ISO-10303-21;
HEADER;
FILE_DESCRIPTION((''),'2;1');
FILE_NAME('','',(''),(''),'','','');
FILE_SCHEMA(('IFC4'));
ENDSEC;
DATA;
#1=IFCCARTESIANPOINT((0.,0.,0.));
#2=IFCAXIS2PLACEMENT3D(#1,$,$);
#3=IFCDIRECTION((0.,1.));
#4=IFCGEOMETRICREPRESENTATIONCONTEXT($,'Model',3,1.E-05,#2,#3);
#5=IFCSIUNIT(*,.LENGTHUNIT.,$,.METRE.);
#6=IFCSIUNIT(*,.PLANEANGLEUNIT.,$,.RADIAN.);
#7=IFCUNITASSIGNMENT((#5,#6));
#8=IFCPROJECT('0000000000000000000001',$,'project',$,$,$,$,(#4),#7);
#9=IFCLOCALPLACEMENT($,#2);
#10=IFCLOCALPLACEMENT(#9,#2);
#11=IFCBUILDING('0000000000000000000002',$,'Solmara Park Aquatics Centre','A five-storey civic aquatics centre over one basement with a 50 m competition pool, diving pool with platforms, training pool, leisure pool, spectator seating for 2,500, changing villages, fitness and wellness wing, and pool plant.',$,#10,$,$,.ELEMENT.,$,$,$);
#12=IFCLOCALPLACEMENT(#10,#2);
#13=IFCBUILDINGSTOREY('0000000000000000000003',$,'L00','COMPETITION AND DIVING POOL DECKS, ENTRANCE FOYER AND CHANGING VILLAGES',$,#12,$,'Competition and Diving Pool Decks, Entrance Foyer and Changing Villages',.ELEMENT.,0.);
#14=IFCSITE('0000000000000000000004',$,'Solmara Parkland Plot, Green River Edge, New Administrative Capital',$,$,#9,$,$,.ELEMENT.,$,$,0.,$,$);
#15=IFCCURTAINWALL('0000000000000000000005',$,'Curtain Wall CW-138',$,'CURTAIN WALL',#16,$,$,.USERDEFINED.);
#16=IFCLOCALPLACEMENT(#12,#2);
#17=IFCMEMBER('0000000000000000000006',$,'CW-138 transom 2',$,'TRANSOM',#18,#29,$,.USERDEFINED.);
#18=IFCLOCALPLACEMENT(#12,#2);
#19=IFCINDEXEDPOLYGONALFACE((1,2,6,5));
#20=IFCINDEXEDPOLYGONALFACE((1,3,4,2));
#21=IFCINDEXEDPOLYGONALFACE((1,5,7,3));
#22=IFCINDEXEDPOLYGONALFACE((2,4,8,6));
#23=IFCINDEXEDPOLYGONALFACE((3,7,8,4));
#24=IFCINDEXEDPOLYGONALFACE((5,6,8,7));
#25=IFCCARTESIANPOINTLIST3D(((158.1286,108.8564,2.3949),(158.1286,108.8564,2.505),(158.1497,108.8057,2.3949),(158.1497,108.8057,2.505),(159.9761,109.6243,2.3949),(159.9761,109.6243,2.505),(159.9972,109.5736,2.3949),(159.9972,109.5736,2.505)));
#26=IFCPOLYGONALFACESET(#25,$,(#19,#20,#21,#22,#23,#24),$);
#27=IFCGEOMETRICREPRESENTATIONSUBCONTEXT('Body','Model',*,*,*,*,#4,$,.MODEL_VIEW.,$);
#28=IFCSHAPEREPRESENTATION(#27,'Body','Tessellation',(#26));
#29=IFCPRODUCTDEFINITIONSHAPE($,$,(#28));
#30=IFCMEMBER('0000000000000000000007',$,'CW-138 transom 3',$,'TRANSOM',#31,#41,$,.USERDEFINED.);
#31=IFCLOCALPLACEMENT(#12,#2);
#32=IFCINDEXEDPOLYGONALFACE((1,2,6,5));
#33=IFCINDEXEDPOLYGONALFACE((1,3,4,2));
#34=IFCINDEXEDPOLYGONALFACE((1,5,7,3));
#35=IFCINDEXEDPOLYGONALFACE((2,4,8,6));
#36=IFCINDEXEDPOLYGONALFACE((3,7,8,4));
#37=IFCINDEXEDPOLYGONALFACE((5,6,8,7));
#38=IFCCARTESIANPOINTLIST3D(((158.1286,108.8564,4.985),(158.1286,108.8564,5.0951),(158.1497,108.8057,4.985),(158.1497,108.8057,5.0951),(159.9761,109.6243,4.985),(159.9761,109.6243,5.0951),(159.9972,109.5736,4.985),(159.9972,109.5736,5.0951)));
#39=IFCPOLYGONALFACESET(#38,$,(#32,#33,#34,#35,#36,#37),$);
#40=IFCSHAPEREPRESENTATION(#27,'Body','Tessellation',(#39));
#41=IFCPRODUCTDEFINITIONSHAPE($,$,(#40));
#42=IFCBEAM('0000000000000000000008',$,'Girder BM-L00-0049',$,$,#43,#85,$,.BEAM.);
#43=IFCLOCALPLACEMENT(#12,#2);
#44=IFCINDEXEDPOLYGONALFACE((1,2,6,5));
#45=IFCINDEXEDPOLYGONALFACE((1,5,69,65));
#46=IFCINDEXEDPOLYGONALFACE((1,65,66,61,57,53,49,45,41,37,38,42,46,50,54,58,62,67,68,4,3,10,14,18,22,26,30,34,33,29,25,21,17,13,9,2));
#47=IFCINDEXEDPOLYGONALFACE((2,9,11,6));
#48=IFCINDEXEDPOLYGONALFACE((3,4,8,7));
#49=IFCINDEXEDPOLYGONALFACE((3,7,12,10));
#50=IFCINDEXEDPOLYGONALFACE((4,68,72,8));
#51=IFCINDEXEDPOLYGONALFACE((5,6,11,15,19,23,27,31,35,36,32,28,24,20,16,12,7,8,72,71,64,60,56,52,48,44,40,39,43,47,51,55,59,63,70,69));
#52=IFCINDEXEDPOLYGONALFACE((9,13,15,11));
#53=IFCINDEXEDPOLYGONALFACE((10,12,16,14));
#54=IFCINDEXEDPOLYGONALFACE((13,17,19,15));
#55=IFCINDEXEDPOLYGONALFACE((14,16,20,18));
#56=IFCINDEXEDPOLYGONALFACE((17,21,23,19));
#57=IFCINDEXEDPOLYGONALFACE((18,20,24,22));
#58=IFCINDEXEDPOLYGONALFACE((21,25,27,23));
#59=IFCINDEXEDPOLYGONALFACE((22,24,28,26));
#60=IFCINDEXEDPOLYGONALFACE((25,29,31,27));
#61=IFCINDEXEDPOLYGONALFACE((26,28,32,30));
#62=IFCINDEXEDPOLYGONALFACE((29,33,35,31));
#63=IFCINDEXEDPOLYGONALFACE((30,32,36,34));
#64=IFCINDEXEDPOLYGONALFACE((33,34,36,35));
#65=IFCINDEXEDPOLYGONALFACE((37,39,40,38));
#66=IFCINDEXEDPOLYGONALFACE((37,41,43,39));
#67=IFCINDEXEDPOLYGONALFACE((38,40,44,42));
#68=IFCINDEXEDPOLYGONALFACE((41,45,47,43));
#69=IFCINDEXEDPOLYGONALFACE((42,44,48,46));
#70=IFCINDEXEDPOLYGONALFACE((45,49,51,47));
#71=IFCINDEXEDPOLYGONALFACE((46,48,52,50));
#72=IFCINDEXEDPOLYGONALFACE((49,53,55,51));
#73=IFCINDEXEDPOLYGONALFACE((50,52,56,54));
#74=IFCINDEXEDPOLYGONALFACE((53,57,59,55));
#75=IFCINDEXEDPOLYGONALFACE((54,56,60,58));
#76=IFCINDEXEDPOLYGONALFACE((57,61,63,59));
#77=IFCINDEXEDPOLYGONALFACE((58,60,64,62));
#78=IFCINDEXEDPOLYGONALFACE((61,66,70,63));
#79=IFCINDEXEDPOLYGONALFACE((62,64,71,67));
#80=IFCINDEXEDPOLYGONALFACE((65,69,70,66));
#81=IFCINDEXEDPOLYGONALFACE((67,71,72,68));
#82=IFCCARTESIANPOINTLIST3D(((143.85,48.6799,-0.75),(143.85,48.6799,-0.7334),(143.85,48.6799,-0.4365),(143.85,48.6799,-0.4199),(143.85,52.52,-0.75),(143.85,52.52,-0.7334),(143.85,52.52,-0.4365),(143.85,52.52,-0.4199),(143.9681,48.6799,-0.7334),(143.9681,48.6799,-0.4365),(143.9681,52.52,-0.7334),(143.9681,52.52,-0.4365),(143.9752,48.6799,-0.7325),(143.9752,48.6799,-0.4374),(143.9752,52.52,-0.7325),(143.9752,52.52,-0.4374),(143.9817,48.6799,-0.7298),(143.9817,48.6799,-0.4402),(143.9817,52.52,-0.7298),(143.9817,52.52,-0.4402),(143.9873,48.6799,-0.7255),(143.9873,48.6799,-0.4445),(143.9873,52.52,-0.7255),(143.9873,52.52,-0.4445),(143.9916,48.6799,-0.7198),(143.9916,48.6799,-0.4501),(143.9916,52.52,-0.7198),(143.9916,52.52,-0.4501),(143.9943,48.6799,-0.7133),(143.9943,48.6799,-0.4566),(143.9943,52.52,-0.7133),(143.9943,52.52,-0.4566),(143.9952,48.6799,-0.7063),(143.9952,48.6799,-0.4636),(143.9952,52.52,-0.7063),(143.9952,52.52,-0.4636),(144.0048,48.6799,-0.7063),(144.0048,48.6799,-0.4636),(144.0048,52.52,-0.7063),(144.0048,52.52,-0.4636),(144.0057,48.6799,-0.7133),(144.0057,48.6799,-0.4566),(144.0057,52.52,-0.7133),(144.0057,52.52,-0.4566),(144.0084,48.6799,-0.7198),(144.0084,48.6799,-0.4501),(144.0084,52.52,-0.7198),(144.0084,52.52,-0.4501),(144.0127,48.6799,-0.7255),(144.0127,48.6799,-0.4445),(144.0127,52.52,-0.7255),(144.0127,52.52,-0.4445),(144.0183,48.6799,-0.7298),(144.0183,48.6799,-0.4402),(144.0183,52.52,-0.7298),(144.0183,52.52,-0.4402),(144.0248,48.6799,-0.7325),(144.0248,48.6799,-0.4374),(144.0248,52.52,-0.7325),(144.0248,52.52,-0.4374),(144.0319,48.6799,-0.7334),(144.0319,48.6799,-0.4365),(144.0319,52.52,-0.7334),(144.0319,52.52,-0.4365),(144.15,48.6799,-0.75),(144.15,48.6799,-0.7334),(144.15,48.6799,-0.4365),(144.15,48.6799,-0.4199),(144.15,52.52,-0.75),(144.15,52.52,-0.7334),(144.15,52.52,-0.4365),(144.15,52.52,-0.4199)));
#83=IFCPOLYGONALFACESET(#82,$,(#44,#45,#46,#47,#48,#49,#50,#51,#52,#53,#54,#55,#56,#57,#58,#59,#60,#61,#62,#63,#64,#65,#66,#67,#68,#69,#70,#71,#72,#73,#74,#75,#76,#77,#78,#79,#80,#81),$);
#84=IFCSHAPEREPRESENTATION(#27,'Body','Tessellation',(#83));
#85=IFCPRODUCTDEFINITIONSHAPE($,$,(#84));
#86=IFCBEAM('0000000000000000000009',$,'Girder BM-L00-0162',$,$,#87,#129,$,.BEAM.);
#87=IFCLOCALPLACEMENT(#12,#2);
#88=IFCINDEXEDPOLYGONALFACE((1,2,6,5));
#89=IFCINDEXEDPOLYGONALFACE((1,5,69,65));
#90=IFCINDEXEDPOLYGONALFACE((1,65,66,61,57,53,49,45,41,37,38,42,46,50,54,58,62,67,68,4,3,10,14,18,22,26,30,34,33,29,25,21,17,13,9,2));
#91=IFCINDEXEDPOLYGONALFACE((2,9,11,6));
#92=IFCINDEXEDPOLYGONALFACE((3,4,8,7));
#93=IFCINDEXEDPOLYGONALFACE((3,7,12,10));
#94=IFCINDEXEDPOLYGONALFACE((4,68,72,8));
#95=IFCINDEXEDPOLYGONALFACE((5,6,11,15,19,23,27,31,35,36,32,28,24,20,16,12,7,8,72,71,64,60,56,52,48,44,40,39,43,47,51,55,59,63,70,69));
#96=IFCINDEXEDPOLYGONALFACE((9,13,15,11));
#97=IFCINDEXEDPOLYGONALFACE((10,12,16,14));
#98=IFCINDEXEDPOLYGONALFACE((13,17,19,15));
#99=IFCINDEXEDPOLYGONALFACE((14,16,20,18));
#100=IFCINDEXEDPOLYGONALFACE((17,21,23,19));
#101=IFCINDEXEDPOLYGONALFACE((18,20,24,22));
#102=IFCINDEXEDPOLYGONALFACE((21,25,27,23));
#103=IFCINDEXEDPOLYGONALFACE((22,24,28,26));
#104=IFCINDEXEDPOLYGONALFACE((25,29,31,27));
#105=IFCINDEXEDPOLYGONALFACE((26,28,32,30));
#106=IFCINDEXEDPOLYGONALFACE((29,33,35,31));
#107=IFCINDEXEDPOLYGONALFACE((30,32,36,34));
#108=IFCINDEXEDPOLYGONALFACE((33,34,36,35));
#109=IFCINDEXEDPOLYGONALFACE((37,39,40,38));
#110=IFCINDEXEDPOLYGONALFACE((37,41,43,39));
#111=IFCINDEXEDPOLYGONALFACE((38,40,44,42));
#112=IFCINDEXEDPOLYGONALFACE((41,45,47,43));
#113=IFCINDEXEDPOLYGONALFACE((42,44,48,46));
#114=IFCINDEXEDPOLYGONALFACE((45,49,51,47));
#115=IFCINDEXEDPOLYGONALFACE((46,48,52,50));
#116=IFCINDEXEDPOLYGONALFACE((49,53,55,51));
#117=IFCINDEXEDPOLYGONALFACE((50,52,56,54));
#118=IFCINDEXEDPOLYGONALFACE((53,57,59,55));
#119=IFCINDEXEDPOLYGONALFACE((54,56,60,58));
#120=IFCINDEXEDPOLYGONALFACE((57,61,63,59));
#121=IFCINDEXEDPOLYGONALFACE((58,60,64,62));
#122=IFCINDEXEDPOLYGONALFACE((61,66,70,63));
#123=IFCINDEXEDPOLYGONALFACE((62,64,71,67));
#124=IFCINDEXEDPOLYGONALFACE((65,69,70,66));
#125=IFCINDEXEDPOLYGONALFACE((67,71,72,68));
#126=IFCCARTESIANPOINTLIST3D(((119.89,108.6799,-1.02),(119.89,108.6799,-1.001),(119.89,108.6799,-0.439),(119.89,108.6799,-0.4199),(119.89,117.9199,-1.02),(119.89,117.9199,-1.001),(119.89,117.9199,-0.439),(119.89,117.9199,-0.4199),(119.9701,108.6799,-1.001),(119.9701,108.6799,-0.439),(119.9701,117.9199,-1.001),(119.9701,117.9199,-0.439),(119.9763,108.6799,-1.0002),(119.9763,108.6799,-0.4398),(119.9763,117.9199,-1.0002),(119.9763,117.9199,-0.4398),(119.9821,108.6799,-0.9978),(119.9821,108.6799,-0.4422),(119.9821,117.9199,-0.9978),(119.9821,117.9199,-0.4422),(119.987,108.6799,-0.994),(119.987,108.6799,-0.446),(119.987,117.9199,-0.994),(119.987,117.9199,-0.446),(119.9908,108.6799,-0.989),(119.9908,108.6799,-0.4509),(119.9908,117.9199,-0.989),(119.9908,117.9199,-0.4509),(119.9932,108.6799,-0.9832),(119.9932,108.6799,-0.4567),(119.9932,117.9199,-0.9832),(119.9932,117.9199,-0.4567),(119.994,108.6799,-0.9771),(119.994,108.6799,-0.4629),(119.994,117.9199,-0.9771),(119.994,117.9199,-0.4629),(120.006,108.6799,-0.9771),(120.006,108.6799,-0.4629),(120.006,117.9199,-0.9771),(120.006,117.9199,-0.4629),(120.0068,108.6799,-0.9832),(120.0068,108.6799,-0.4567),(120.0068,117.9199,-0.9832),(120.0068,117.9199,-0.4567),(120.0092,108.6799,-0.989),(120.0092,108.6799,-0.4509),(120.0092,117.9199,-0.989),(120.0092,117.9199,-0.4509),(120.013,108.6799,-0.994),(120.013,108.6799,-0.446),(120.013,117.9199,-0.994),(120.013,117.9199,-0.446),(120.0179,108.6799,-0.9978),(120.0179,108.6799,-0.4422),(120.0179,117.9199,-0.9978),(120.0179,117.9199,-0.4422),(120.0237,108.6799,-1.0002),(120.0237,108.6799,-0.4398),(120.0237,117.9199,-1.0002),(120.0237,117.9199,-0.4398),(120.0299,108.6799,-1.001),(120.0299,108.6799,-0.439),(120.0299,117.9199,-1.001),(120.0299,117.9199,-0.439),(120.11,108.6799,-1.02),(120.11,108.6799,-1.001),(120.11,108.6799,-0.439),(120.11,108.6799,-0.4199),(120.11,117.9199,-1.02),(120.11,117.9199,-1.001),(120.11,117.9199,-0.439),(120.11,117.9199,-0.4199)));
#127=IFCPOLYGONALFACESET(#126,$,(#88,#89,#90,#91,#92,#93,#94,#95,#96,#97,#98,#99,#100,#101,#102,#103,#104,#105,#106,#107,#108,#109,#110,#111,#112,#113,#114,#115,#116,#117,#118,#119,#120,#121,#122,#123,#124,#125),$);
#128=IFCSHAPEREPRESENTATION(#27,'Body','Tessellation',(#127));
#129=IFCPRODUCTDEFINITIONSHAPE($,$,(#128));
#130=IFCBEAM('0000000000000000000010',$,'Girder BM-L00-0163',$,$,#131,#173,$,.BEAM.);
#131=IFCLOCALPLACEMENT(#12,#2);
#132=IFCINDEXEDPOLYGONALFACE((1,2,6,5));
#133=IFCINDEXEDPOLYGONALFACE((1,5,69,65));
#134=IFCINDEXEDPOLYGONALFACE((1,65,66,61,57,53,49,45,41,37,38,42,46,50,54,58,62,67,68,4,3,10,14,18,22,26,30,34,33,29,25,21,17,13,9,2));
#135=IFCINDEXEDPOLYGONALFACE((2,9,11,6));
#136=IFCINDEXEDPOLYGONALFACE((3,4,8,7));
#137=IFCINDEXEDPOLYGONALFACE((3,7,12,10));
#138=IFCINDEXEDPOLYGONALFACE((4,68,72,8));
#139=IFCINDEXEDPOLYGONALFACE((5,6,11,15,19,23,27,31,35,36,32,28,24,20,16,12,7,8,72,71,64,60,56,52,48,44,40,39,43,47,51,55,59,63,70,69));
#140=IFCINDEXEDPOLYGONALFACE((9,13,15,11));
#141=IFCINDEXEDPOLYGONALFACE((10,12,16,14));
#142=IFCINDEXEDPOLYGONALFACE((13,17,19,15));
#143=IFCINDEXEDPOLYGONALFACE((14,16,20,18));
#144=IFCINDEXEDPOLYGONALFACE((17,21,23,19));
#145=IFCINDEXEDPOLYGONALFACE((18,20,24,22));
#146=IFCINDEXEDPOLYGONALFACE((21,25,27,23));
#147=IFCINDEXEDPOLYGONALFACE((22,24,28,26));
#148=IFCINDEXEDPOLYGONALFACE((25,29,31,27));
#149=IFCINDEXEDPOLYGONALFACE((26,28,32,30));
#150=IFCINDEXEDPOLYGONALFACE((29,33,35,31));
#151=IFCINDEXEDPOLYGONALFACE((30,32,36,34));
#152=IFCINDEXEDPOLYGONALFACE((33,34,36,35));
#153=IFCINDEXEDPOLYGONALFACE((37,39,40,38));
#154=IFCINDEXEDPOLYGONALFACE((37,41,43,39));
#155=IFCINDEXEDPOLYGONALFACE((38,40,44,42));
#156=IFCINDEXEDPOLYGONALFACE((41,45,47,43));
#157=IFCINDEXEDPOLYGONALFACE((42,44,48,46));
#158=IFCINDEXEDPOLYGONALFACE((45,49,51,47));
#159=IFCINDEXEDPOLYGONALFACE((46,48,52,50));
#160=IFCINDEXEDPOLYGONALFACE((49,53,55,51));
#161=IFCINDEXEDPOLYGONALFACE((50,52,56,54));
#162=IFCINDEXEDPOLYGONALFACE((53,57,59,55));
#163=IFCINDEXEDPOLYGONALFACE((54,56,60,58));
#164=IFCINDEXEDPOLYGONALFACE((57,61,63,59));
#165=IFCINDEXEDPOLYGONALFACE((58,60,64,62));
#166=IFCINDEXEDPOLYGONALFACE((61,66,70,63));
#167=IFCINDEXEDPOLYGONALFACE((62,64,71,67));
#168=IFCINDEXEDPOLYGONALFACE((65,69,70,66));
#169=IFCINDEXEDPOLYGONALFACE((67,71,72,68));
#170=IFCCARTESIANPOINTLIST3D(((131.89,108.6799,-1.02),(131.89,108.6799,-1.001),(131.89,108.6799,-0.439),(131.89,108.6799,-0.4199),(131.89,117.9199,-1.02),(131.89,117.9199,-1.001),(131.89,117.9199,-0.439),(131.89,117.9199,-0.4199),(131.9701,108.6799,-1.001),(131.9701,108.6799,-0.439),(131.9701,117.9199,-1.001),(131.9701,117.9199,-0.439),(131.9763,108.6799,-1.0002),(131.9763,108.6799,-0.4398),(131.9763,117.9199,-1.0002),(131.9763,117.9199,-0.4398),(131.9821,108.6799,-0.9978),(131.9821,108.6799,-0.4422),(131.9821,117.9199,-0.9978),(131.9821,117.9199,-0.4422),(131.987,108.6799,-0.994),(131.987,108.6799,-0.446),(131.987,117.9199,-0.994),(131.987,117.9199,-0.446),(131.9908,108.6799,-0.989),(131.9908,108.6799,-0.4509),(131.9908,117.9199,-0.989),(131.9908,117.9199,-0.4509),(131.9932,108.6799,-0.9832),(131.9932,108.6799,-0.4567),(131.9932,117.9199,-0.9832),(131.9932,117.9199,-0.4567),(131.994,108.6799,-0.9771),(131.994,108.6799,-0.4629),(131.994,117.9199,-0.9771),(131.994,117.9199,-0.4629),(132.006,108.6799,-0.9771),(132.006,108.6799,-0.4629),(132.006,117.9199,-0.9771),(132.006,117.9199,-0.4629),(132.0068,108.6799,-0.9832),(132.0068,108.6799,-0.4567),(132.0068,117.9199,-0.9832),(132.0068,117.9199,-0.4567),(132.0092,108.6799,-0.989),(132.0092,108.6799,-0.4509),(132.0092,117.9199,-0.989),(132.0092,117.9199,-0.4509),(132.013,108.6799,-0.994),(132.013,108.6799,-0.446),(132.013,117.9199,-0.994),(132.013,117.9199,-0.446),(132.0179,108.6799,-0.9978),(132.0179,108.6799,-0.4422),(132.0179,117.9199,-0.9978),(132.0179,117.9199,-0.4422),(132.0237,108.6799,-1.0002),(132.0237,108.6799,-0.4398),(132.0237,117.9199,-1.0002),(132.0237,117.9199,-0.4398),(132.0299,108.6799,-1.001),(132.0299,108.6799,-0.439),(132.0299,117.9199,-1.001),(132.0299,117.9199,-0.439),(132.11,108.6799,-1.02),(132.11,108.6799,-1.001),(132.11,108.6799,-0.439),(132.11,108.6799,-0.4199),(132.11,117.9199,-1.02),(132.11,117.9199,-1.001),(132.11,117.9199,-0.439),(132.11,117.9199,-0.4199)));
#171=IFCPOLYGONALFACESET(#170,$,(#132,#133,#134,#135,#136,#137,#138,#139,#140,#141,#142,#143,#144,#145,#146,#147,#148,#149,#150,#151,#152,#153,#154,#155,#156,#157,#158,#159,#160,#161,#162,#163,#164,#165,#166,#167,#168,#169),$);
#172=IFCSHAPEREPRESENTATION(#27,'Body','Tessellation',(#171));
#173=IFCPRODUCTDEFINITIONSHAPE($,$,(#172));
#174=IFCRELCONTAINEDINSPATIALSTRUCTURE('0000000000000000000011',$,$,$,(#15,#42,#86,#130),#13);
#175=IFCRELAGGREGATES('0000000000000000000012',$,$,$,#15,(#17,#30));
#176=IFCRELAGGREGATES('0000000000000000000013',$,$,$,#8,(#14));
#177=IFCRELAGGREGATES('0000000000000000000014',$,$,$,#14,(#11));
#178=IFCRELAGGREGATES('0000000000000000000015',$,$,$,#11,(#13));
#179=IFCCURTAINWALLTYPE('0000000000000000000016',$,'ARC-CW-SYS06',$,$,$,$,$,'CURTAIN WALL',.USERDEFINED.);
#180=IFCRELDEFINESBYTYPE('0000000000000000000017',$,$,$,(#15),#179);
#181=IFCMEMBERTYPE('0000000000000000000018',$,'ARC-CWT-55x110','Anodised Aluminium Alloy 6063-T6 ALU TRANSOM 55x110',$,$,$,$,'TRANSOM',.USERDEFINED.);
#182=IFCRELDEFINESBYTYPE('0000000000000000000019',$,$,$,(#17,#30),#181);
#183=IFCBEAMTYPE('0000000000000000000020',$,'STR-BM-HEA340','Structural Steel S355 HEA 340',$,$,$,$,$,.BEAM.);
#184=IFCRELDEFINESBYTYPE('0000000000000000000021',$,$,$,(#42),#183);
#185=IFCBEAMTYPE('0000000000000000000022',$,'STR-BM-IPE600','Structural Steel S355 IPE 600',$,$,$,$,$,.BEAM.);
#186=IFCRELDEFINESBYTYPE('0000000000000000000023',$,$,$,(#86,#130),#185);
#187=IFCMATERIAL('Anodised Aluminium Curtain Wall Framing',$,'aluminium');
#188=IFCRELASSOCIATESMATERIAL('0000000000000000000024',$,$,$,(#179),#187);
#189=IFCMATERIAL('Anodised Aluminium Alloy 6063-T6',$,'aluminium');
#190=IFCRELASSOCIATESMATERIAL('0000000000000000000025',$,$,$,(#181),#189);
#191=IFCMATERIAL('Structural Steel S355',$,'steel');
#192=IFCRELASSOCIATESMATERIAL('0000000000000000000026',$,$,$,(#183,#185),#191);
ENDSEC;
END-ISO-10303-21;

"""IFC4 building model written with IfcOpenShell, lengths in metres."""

from ifc_helpers import new_model, si_unit, direction, frame, origin, origin_2d, place, context, subcontext, project, spatial, rectangle, i_section, extrude, material, material_profile, profile_set, type_object, element, aggregate, save


model = new_model("IFC4")

# Units and contexts
model_context = context("Model", 3, precision=1e-05, world=origin(), true_north=direction((0.0, 1.0)))
body_context = subcontext(model_context, "Body", "Model", "MODEL_VIEW")
ifc_project = project(units=[si_unit("LENGTHUNIT", "METRE"), si_unit("PLANEANGLEUNIT", "RADIAN")], contexts=[model_context])

# Site, building, storey
site_placement = place(None, origin())
site = spatial("IfcSite", under=ifc_project, at=site_placement, Name="Solmara Parkland Plot, Green River Edge, New Administrative Capital", CompositionType="ELEMENT", RefElevation=0.0)
building_placement = place(site_placement, origin())
building = spatial("IfcBuilding", under=site, at=building_placement, Name="Solmara Park Aquatics Centre", Description="A five-storey civic aquatics centre over one basement with a 50 m competition pool, diving pool with platforms, training pool, leisure pool, spectator seating for 2,500, changing villages, fitness and wellness wing, and pool plant.", CompositionType="ELEMENT")
storey_placement = place(building_placement, origin())
storey = spatial("IfcBuildingStorey", under=building, at=storey_placement, Name="L00", Description="COMPETITION AND DIVING POOL DECKS, ENTRANCE FOYER AND CHANGING VILLAGES", LongName="Competition and Diving Pool Decks, Entrance Foyer and Changing Villages", CompositionType="ELEMENT", Elevation=0.0)

# Curtain wall, members
ifc_material_1 = material(Name="Anodised Aluminium Curtain Wall Framing", Category="aluminium")
curtain_wall_type = type_object("IfcCurtainWallType", Name="ARC-CW-SYS06", ElementType="CURTAIN WALL", PredefinedType="USERDEFINED", material=ifc_material_1)
curtain_wall_placement = place(storey_placement, origin())
curtain_wall = element("IfcCurtainWall", 1, at=curtain_wall_placement, inside=storey, type_object=curtain_wall_type, Name="Curtain Wall CW-138", ObjectType="CURTAIN WALL", PredefinedType="USERDEFINED")
ifc_material_2 = material(Name="Anodised Aluminium Alloy 6063-T6", Category="aluminium")
ifc_material_profile_1 = material_profile(ifc_material_2, rectangle(XDim=0.0549, YDim=0.1101, at=origin_2d()), Name="ALU TRANSOM 55x110")
ifc_profile_set_1 = profile_set([ifc_material_profile_1], Name="Anodised Aluminium Alloy 6063-T6")
member_type_1 = type_object("IfcMemberType", Name="ARC-CWT-55x110", Description="Anodised Aluminium Alloy 6063-T6 ALU TRANSOM 55x110", ElementType="TRANSOM", PredefinedType="USERDEFINED", material=ifc_profile_set_1)
member_1_placement = place(storey_placement, frame((158.1392, 108.8311, 2.45), z_axis=(0.92342, 0.383792, 0.0), x_axis=(-0.383792, 0.92342, 0.0)))
member_1 = element("IfcMember", 2, at=member_1_placement, type_object=member_type_1, Name="CW-138 transom 2", ObjectType="TRANSOM", PredefinedType="USERDEFINED", context=body_context, shape_type="SweptSolid", body=[
    extrude(rectangle(XDim=0.0549, YDim=0.1101, at=origin_2d()), origin(), (0.0, 0.0, 1.0), 2.0007),
])
member_2_placement = place(storey_placement, frame((158.1392, 108.8311, 5.04), z_axis=(0.92342, 0.383792, 0.0), x_axis=(-0.383792, 0.92342, 0.0)))
member_2 = element("IfcMember", 3, at=member_2_placement, type_object=member_type_1, Name="CW-138 transom 3", ObjectType="TRANSOM", PredefinedType="USERDEFINED", context=body_context, shape_type="SweptSolid", body=[
    extrude(rectangle(XDim=0.0549, YDim=0.1101, at=origin_2d()), origin(), (0.0, 0.0, 1.0), 2.0007),
])
aggregate(curtain_wall, [member_1, member_2])

# Beams
ifc_material_3 = material(Name="Structural Steel S355", Category="steel")
ifc_material_profile_2 = material_profile(ifc_material_3, i_section(OverallWidth=0.3, OverallDepth=0.3301, WebThickness=0.0095, FlangeThickness=0.0166, FilletRadius=0.0271, at=origin_2d()), Name="HEA 340")
ifc_profile_set_2 = profile_set([ifc_material_profile_2], Name="Structural Steel S355")
beam_type_1 = type_object("IfcBeamType", Name="STR-BM-HEA340", Description="Structural Steel S355 HEA 340", PredefinedType="BEAM", material=ifc_profile_set_2)
beam_placement = place(storey_placement, frame((144.0, 48.6799, -0.585), z_axis=(0.0, 1.0, 0.0), x_axis=(-1.0, 0.0, 0.0)))
element("IfcBeam", 4, at=beam_placement, inside=storey, type_object=beam_type_1, Name="Girder BM-L00-0049", PredefinedType="BEAM", context=body_context, shape_type="SweptSolid", body=[
    extrude(i_section(OverallWidth=0.3, OverallDepth=0.3301, WebThickness=0.0095, FlangeThickness=0.0166, FilletRadius=0.0271, at=origin_2d()), origin(), (0.0, 0.0, 1.0), 3.8401),
])
ifc_material_profile_3 = material_profile(ifc_material_3, i_section(OverallWidth=0.22, OverallDepth=0.6001, WebThickness=0.012, FlangeThickness=0.019, FilletRadius=0.0239, at=origin_2d()), Name="IPE 600")
ifc_profile_set_3 = profile_set([ifc_material_profile_3], Name="Structural Steel S355")
beam_type_2 = type_object("IfcBeamType", Name="STR-BM-IPE600", Description="Structural Steel S355 IPE 600", PredefinedType="BEAM", material=ifc_profile_set_3)
for number, where, z_axis, x_axis, name in (
    (5, (120.0, 108.6799, -0.72), (0.0, 1.0, 0.0), (-1.0, 0.0, 0.0), "Girder BM-L00-0162"),
    (6, (132.0, 108.6799, -0.72), (0.0, 1.0, 0.0), (-1.0, 0.0, 0.0), "Girder BM-L00-0163"),
):
    element("IfcBeam", number, at=place(storey_placement, frame(where, z_axis=z_axis, x_axis=x_axis)), inside=storey, type_object=beam_type_2, Name=name, PredefinedType="BEAM", context=body_context, shape_type="SweptSolid", body=[
        extrude(i_section(OverallWidth=0.22, OverallDepth=0.6001, WebThickness=0.012, FlangeThickness=0.019, FilletRadius=0.0239, at=origin_2d()), origin(), (0.0, 0.0, 1.0), 9.24),
    ])

save(model, "model.ifc")
